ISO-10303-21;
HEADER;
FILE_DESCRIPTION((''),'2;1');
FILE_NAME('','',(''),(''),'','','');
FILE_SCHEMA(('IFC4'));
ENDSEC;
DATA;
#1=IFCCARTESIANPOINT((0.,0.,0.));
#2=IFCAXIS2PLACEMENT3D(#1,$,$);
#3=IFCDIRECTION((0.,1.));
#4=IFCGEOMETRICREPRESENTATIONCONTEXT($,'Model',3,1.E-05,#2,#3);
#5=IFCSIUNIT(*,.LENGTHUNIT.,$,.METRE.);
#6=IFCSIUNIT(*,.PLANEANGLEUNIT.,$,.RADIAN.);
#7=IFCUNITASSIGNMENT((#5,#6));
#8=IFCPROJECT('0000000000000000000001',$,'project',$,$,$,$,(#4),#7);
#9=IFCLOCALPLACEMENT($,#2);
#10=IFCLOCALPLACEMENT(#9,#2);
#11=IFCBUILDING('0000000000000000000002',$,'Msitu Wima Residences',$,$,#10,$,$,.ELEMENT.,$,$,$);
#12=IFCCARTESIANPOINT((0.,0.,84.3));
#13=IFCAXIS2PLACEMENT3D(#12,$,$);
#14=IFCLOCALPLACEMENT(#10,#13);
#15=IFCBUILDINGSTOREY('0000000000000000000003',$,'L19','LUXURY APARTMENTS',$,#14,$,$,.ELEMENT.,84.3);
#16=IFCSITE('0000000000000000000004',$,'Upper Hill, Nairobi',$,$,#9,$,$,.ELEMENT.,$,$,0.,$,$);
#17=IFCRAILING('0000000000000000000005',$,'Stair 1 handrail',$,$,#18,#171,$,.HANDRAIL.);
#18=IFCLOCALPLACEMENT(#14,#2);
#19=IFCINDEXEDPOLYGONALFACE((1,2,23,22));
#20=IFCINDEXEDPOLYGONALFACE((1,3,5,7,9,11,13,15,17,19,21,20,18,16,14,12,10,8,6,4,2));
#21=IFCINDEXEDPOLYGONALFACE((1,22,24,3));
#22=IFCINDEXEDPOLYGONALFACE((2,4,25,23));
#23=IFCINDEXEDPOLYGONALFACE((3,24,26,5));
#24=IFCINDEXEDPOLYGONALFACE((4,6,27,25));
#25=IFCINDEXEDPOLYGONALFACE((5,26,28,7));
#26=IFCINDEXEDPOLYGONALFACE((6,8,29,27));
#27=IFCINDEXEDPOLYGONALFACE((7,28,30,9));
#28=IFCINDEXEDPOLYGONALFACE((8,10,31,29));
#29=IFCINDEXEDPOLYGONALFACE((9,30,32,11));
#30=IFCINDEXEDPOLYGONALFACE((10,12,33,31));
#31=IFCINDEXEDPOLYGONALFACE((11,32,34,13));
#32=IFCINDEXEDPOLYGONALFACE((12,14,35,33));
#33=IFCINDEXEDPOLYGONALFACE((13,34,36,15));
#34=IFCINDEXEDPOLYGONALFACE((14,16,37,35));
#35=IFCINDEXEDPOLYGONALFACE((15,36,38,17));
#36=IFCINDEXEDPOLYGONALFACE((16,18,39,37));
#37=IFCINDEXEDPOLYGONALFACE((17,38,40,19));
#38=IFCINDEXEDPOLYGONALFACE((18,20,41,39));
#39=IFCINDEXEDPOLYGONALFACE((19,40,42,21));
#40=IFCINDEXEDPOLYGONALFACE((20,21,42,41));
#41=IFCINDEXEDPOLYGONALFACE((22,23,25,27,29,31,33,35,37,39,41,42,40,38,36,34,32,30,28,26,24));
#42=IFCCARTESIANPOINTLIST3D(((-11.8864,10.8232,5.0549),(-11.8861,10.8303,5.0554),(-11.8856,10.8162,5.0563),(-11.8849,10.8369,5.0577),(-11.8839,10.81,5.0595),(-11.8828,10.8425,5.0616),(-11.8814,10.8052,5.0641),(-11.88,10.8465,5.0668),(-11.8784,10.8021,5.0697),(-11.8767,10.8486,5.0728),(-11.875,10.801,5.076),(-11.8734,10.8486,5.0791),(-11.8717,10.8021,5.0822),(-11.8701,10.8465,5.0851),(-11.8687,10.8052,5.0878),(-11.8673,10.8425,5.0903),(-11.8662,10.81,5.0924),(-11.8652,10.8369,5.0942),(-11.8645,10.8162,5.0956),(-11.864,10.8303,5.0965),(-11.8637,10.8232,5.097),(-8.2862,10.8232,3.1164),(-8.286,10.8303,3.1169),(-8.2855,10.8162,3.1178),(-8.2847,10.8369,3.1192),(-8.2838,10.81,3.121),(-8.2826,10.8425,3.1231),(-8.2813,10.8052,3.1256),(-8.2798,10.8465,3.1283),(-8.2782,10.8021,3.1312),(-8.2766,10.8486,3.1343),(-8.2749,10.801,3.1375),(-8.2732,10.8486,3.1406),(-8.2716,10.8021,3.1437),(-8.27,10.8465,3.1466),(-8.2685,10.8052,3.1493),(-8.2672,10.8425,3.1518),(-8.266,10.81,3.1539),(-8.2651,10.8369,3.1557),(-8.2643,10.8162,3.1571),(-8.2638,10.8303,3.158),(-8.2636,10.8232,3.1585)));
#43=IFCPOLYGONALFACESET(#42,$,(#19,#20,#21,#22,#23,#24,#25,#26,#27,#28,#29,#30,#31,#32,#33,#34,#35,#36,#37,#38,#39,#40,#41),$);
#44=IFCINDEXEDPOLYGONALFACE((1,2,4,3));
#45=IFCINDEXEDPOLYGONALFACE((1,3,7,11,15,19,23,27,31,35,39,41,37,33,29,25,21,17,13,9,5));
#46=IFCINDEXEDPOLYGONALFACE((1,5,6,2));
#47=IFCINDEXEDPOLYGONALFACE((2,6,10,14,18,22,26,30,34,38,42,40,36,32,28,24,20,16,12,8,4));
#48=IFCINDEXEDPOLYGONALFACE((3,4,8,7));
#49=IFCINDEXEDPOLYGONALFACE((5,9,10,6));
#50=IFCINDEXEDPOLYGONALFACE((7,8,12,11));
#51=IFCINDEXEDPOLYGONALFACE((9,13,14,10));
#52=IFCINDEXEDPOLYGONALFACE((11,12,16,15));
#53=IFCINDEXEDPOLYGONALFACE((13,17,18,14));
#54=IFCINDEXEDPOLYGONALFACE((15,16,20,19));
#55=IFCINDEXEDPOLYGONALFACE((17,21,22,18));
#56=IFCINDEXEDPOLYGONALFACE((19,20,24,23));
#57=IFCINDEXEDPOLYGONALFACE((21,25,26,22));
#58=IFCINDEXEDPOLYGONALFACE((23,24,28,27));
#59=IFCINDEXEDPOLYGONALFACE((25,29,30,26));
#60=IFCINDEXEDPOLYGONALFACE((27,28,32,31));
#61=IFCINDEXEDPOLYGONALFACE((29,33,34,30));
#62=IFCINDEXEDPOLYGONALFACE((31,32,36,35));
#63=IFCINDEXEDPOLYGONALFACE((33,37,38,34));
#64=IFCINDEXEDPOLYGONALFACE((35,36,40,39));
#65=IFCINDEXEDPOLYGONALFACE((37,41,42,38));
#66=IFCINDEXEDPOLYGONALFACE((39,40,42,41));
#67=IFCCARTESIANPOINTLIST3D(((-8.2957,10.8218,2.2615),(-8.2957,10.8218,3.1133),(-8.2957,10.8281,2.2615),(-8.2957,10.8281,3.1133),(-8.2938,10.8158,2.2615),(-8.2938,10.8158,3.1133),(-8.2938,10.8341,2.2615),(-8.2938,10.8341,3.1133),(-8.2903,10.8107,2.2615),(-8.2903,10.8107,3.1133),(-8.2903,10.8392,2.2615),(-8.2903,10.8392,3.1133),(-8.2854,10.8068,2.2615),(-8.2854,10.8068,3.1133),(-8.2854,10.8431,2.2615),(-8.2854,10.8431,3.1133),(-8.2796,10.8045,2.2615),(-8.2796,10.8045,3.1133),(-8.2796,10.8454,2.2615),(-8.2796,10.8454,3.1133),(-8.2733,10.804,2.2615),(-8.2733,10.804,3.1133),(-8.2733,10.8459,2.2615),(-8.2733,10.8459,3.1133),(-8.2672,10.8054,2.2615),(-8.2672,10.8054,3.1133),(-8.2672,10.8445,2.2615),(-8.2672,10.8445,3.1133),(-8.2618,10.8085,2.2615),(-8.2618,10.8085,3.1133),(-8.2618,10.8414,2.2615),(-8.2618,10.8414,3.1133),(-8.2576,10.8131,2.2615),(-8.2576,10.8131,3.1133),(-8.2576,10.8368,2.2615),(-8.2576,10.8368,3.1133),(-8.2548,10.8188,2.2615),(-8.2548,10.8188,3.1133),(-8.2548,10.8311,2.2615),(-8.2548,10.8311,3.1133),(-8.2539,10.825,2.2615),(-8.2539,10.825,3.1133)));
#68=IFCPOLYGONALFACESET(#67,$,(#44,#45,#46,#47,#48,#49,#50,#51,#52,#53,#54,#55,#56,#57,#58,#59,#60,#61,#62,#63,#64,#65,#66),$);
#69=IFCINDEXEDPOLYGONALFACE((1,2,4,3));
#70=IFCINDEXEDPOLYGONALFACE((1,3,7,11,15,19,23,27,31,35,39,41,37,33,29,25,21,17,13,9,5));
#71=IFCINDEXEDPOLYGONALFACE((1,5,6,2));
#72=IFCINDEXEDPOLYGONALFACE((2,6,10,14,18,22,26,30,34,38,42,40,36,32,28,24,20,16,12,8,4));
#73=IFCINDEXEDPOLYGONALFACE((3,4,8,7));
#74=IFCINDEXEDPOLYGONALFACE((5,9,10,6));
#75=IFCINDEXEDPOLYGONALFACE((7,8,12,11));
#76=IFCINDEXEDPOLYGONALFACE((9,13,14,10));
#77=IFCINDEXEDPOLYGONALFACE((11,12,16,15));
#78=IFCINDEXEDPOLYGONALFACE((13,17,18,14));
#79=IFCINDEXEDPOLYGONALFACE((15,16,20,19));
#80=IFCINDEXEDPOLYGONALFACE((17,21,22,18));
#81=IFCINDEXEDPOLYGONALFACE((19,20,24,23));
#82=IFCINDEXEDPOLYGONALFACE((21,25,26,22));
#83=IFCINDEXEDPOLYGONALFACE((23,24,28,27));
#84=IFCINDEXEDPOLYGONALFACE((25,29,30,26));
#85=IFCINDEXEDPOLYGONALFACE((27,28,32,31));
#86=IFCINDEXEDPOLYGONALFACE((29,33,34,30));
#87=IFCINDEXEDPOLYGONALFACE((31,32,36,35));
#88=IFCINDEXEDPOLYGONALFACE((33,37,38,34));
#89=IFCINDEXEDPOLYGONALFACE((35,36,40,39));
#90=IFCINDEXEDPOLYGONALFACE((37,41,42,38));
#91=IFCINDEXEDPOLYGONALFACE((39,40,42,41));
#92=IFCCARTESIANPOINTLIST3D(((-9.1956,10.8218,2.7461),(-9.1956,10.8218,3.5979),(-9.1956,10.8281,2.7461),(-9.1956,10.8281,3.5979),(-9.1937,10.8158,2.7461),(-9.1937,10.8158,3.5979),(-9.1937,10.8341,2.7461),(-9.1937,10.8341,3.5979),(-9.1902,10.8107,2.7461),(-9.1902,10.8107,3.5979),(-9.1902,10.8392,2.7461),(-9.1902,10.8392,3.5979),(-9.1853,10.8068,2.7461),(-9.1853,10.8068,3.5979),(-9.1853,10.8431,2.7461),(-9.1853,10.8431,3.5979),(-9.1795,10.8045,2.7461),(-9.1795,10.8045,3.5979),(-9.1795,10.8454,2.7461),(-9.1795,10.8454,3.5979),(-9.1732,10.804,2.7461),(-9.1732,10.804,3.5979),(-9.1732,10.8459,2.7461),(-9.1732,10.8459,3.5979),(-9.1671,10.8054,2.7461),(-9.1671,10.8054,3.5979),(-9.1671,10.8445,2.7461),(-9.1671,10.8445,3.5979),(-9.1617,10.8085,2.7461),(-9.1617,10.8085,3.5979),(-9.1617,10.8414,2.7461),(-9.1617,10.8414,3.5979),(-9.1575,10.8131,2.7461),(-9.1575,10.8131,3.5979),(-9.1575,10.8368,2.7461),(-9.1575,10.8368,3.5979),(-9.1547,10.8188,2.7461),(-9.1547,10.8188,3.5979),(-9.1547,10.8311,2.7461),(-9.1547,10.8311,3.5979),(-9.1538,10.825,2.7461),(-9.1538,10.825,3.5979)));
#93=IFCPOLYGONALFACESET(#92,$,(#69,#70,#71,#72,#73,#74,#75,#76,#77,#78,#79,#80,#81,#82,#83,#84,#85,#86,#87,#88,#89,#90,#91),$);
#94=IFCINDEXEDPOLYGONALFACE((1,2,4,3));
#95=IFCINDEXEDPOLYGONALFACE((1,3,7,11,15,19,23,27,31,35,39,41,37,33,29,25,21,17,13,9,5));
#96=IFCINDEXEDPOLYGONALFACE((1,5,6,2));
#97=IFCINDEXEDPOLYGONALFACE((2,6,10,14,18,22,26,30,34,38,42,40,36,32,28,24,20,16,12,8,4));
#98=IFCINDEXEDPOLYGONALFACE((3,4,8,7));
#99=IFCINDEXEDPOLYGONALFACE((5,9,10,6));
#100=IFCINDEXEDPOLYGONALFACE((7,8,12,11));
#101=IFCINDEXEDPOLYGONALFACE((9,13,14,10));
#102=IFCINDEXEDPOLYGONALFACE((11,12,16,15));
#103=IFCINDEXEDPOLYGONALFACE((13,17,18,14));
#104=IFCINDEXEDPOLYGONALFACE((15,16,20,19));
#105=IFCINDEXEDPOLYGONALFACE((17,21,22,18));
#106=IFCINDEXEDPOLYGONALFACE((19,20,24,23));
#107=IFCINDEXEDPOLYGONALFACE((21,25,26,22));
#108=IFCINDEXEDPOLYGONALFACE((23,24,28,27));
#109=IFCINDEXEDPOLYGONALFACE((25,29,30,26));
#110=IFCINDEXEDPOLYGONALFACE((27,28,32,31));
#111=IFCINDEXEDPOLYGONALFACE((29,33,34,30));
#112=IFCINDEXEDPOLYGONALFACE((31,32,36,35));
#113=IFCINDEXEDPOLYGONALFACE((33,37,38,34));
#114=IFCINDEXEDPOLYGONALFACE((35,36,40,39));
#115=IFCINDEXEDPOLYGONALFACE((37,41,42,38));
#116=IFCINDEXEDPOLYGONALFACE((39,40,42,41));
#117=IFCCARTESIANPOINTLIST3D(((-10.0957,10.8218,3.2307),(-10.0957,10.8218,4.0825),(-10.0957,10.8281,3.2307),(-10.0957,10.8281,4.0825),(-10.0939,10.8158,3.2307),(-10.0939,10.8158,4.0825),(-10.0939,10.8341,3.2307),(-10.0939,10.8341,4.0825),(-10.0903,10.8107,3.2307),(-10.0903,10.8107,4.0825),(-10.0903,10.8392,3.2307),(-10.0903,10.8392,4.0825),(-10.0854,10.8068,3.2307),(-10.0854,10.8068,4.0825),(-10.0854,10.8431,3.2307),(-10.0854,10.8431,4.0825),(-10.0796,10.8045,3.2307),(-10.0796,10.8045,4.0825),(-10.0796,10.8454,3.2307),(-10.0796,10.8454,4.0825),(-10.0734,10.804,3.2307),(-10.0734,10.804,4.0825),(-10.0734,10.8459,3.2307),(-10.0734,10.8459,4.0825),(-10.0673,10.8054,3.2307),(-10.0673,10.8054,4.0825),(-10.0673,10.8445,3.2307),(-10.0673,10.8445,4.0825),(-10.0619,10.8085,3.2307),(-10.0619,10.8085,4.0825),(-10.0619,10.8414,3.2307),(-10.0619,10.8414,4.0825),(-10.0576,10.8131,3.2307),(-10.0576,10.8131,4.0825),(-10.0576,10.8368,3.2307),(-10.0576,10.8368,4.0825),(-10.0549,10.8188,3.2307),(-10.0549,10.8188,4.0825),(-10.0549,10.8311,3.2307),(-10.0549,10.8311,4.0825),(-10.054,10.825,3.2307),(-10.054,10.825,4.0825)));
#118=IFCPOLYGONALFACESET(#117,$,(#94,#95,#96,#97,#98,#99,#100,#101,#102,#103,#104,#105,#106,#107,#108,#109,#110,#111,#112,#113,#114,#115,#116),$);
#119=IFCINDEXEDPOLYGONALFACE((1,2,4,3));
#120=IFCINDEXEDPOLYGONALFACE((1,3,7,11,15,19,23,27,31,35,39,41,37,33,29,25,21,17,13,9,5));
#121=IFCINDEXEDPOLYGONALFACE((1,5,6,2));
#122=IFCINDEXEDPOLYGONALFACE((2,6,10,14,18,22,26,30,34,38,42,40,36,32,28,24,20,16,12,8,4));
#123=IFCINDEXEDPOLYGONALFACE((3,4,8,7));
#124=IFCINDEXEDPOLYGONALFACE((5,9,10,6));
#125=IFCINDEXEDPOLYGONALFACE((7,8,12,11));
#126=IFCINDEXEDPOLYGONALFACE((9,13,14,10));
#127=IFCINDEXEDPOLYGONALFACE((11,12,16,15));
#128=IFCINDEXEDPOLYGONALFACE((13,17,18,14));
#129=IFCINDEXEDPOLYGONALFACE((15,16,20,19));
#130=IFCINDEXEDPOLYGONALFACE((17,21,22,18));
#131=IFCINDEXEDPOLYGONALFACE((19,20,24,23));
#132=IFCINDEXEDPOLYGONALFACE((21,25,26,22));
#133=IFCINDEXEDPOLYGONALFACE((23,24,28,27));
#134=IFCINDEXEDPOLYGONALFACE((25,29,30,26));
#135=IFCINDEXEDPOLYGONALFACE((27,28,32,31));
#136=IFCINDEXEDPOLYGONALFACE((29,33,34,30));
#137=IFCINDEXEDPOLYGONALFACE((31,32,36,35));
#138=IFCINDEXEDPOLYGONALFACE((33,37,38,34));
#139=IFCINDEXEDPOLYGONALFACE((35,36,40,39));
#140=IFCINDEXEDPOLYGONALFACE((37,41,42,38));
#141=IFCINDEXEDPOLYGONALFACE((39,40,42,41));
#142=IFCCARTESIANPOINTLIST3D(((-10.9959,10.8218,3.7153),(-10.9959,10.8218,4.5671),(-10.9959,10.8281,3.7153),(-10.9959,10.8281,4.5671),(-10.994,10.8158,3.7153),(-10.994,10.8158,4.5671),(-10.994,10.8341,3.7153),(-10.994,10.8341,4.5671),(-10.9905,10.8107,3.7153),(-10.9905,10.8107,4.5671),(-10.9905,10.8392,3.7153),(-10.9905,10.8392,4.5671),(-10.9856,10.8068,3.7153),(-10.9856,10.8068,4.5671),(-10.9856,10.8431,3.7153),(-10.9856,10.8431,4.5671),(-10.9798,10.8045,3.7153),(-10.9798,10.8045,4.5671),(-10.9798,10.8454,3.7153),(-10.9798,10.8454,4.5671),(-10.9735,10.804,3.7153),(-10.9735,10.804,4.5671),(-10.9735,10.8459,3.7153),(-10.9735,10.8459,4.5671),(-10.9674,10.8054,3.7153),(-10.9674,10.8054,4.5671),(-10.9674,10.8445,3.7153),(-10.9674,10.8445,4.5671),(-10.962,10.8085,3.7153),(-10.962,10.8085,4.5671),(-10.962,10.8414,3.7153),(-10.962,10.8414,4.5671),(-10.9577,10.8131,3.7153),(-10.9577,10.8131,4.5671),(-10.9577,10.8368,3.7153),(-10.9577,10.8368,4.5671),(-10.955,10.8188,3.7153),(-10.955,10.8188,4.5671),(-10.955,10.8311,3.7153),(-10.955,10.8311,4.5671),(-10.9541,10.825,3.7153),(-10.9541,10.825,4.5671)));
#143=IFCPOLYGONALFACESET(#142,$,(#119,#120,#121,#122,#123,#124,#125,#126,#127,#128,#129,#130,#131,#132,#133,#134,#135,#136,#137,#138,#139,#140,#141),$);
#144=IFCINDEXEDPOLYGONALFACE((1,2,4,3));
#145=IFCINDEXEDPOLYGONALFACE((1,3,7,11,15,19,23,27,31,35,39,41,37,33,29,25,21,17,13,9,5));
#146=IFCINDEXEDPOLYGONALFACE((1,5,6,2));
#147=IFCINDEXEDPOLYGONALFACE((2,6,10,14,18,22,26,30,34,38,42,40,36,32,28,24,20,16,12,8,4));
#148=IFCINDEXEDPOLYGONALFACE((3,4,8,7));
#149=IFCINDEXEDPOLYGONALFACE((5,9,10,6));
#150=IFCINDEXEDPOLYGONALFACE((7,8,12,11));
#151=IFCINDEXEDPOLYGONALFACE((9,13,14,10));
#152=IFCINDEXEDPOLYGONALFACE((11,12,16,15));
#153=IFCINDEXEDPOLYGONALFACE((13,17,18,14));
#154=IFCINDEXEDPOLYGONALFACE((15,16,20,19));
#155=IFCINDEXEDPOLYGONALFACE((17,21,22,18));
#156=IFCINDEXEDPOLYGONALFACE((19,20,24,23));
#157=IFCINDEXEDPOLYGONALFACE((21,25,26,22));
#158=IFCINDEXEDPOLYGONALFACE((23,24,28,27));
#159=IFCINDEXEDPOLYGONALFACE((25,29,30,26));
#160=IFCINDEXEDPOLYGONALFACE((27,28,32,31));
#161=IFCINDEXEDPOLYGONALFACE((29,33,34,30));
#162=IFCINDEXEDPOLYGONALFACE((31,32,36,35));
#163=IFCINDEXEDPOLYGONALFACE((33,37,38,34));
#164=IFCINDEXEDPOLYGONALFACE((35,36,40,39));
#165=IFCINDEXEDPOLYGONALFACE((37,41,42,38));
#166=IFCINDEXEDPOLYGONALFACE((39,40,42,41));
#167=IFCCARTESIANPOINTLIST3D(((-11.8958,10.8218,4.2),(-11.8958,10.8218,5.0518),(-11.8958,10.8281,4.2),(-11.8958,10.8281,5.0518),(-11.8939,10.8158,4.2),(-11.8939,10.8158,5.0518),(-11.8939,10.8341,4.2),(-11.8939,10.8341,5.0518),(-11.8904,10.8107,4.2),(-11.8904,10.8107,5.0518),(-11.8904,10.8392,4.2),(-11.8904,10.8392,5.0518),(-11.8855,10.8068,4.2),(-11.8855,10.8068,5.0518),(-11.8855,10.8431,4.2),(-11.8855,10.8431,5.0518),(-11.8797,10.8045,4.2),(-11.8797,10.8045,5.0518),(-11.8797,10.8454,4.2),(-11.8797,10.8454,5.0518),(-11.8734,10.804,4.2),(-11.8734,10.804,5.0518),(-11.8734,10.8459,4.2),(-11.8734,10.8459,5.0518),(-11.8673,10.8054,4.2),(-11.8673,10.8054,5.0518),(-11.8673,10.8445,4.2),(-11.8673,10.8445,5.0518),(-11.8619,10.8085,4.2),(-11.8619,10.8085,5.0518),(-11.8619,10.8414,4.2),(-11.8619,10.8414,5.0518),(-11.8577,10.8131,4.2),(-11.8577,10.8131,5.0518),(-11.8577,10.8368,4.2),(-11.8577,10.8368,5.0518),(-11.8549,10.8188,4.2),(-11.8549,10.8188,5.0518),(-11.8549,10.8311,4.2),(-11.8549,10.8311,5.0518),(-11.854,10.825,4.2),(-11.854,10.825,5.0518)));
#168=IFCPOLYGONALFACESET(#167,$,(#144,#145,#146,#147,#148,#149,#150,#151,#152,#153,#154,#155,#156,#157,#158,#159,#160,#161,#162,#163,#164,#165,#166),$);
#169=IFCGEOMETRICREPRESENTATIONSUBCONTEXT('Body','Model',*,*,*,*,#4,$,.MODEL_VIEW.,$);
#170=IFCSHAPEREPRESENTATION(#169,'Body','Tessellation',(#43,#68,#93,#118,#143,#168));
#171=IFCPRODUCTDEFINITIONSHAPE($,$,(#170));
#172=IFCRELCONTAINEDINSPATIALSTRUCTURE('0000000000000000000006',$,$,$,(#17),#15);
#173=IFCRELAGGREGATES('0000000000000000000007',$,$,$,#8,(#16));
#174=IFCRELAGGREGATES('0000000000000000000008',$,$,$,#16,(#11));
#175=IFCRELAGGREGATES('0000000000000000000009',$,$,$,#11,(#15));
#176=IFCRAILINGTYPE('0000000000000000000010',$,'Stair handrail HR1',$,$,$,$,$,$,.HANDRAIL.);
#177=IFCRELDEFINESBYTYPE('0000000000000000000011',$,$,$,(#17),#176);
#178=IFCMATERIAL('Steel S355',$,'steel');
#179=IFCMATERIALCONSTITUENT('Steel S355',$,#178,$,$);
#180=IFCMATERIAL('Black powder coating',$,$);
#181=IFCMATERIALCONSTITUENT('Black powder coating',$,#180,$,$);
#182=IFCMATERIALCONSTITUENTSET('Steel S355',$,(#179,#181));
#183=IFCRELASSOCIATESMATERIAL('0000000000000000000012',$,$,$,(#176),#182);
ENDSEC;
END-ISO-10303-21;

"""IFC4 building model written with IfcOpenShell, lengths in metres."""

from ifc_helpers import new_model, si_unit, direction, frame, origin, origin_2d, place, context, subcontext, project, spatial, circle, extrude, material, constituent, constituent_set, type_object, element, save


model = new_model("IFC4")

# Units and contexts
model_context = context("Model", 3, precision=1e-05, world=origin(), true_north=direction((0.0, 1.0)))
body_context = subcontext(model_context, "Body", "Model", "MODEL_VIEW")
ifc_project = project(units=[si_unit("LENGTHUNIT", "METRE"), si_unit("PLANEANGLEUNIT", "RADIAN")], contexts=[model_context])

# Site, building, storey
site_placement = place(None, origin())
site = spatial("IfcSite", under=ifc_project, at=site_placement, Name="Upper Hill, Nairobi", CompositionType="ELEMENT", RefElevation=0.0)
building_placement = place(site_placement, origin())
building = spatial("IfcBuilding", under=site, at=building_placement, Name="Msitu Wima Residences", CompositionType="ELEMENT")
storey_placement = place(building_placement, frame((0.0, 0.0, 84.3)))
storey = spatial("IfcBuildingStorey", under=building, at=storey_placement, Name="L19", Description="LUXURY APARTMENTS", CompositionType="ELEMENT", Elevation=84.3)

# Railing
ifc_material_1 = material(Name="Steel S355", Category="steel")
ifc_constituent_1 = constituent(ifc_material_1, Name="Steel S355")
ifc_material_2 = material(Name="Black powder coating")
ifc_constituent_2 = constituent(ifc_material_2, Name="Black powder coating")
ifc_constituent_set = constituent_set(constituents=[ifc_constituent_1, ifc_constituent_2], Name="Steel S355")
railing_type = type_object("IfcRailingType", Name="Stair handrail HR1", PredefinedType="HANDRAIL", material=ifc_constituent_set)
railing_placement = place(storey_placement, frame((-8.2749, 10.825, 2.2615)))
element("IfcRailing", 1, at=railing_placement, inside=storey, type_object=railing_type, Name="Stair 1 handrail", PredefinedType="HANDRAIL", context=body_context, shape_type="SweptSolid", body=[
    extrude(circle(Radius=0.0239, at=origin_2d()), frame((0.0, 0.0, 0.876), z_axis=(-0.880475, 0.0, 0.474093), x_axis=(0.0, -1.0, 0.0)), (0.0, 0.0, 1.0), 4.0889),
    extrude(circle(Radius=0.021, at=origin_2d()), origin(), (0.0, 0.0, 1.0), 0.8518),
    extrude(circle(Radius=0.021, at=origin_2d()), frame((-0.8999, 0.0, 0.4846)), (0.0, 0.0, 1.0), 0.8518),
    extrude(circle(Radius=0.021, at=origin_2d()), frame((-1.8, 0.0, 0.9692)), (0.0, 0.0, 1.0), 0.8518),
    extrude(circle(Radius=0.021, at=origin_2d()), frame((-2.7002, 0.0, 1.4539)), (0.0, 0.0, 1.0), 0.8518),
    extrude(circle(Radius=0.021, at=origin_2d()), frame((-3.6001, 0.0, 1.9385)), (0.0, 0.0, 1.0), 0.8518),
])

save(model, "model.ifc")
